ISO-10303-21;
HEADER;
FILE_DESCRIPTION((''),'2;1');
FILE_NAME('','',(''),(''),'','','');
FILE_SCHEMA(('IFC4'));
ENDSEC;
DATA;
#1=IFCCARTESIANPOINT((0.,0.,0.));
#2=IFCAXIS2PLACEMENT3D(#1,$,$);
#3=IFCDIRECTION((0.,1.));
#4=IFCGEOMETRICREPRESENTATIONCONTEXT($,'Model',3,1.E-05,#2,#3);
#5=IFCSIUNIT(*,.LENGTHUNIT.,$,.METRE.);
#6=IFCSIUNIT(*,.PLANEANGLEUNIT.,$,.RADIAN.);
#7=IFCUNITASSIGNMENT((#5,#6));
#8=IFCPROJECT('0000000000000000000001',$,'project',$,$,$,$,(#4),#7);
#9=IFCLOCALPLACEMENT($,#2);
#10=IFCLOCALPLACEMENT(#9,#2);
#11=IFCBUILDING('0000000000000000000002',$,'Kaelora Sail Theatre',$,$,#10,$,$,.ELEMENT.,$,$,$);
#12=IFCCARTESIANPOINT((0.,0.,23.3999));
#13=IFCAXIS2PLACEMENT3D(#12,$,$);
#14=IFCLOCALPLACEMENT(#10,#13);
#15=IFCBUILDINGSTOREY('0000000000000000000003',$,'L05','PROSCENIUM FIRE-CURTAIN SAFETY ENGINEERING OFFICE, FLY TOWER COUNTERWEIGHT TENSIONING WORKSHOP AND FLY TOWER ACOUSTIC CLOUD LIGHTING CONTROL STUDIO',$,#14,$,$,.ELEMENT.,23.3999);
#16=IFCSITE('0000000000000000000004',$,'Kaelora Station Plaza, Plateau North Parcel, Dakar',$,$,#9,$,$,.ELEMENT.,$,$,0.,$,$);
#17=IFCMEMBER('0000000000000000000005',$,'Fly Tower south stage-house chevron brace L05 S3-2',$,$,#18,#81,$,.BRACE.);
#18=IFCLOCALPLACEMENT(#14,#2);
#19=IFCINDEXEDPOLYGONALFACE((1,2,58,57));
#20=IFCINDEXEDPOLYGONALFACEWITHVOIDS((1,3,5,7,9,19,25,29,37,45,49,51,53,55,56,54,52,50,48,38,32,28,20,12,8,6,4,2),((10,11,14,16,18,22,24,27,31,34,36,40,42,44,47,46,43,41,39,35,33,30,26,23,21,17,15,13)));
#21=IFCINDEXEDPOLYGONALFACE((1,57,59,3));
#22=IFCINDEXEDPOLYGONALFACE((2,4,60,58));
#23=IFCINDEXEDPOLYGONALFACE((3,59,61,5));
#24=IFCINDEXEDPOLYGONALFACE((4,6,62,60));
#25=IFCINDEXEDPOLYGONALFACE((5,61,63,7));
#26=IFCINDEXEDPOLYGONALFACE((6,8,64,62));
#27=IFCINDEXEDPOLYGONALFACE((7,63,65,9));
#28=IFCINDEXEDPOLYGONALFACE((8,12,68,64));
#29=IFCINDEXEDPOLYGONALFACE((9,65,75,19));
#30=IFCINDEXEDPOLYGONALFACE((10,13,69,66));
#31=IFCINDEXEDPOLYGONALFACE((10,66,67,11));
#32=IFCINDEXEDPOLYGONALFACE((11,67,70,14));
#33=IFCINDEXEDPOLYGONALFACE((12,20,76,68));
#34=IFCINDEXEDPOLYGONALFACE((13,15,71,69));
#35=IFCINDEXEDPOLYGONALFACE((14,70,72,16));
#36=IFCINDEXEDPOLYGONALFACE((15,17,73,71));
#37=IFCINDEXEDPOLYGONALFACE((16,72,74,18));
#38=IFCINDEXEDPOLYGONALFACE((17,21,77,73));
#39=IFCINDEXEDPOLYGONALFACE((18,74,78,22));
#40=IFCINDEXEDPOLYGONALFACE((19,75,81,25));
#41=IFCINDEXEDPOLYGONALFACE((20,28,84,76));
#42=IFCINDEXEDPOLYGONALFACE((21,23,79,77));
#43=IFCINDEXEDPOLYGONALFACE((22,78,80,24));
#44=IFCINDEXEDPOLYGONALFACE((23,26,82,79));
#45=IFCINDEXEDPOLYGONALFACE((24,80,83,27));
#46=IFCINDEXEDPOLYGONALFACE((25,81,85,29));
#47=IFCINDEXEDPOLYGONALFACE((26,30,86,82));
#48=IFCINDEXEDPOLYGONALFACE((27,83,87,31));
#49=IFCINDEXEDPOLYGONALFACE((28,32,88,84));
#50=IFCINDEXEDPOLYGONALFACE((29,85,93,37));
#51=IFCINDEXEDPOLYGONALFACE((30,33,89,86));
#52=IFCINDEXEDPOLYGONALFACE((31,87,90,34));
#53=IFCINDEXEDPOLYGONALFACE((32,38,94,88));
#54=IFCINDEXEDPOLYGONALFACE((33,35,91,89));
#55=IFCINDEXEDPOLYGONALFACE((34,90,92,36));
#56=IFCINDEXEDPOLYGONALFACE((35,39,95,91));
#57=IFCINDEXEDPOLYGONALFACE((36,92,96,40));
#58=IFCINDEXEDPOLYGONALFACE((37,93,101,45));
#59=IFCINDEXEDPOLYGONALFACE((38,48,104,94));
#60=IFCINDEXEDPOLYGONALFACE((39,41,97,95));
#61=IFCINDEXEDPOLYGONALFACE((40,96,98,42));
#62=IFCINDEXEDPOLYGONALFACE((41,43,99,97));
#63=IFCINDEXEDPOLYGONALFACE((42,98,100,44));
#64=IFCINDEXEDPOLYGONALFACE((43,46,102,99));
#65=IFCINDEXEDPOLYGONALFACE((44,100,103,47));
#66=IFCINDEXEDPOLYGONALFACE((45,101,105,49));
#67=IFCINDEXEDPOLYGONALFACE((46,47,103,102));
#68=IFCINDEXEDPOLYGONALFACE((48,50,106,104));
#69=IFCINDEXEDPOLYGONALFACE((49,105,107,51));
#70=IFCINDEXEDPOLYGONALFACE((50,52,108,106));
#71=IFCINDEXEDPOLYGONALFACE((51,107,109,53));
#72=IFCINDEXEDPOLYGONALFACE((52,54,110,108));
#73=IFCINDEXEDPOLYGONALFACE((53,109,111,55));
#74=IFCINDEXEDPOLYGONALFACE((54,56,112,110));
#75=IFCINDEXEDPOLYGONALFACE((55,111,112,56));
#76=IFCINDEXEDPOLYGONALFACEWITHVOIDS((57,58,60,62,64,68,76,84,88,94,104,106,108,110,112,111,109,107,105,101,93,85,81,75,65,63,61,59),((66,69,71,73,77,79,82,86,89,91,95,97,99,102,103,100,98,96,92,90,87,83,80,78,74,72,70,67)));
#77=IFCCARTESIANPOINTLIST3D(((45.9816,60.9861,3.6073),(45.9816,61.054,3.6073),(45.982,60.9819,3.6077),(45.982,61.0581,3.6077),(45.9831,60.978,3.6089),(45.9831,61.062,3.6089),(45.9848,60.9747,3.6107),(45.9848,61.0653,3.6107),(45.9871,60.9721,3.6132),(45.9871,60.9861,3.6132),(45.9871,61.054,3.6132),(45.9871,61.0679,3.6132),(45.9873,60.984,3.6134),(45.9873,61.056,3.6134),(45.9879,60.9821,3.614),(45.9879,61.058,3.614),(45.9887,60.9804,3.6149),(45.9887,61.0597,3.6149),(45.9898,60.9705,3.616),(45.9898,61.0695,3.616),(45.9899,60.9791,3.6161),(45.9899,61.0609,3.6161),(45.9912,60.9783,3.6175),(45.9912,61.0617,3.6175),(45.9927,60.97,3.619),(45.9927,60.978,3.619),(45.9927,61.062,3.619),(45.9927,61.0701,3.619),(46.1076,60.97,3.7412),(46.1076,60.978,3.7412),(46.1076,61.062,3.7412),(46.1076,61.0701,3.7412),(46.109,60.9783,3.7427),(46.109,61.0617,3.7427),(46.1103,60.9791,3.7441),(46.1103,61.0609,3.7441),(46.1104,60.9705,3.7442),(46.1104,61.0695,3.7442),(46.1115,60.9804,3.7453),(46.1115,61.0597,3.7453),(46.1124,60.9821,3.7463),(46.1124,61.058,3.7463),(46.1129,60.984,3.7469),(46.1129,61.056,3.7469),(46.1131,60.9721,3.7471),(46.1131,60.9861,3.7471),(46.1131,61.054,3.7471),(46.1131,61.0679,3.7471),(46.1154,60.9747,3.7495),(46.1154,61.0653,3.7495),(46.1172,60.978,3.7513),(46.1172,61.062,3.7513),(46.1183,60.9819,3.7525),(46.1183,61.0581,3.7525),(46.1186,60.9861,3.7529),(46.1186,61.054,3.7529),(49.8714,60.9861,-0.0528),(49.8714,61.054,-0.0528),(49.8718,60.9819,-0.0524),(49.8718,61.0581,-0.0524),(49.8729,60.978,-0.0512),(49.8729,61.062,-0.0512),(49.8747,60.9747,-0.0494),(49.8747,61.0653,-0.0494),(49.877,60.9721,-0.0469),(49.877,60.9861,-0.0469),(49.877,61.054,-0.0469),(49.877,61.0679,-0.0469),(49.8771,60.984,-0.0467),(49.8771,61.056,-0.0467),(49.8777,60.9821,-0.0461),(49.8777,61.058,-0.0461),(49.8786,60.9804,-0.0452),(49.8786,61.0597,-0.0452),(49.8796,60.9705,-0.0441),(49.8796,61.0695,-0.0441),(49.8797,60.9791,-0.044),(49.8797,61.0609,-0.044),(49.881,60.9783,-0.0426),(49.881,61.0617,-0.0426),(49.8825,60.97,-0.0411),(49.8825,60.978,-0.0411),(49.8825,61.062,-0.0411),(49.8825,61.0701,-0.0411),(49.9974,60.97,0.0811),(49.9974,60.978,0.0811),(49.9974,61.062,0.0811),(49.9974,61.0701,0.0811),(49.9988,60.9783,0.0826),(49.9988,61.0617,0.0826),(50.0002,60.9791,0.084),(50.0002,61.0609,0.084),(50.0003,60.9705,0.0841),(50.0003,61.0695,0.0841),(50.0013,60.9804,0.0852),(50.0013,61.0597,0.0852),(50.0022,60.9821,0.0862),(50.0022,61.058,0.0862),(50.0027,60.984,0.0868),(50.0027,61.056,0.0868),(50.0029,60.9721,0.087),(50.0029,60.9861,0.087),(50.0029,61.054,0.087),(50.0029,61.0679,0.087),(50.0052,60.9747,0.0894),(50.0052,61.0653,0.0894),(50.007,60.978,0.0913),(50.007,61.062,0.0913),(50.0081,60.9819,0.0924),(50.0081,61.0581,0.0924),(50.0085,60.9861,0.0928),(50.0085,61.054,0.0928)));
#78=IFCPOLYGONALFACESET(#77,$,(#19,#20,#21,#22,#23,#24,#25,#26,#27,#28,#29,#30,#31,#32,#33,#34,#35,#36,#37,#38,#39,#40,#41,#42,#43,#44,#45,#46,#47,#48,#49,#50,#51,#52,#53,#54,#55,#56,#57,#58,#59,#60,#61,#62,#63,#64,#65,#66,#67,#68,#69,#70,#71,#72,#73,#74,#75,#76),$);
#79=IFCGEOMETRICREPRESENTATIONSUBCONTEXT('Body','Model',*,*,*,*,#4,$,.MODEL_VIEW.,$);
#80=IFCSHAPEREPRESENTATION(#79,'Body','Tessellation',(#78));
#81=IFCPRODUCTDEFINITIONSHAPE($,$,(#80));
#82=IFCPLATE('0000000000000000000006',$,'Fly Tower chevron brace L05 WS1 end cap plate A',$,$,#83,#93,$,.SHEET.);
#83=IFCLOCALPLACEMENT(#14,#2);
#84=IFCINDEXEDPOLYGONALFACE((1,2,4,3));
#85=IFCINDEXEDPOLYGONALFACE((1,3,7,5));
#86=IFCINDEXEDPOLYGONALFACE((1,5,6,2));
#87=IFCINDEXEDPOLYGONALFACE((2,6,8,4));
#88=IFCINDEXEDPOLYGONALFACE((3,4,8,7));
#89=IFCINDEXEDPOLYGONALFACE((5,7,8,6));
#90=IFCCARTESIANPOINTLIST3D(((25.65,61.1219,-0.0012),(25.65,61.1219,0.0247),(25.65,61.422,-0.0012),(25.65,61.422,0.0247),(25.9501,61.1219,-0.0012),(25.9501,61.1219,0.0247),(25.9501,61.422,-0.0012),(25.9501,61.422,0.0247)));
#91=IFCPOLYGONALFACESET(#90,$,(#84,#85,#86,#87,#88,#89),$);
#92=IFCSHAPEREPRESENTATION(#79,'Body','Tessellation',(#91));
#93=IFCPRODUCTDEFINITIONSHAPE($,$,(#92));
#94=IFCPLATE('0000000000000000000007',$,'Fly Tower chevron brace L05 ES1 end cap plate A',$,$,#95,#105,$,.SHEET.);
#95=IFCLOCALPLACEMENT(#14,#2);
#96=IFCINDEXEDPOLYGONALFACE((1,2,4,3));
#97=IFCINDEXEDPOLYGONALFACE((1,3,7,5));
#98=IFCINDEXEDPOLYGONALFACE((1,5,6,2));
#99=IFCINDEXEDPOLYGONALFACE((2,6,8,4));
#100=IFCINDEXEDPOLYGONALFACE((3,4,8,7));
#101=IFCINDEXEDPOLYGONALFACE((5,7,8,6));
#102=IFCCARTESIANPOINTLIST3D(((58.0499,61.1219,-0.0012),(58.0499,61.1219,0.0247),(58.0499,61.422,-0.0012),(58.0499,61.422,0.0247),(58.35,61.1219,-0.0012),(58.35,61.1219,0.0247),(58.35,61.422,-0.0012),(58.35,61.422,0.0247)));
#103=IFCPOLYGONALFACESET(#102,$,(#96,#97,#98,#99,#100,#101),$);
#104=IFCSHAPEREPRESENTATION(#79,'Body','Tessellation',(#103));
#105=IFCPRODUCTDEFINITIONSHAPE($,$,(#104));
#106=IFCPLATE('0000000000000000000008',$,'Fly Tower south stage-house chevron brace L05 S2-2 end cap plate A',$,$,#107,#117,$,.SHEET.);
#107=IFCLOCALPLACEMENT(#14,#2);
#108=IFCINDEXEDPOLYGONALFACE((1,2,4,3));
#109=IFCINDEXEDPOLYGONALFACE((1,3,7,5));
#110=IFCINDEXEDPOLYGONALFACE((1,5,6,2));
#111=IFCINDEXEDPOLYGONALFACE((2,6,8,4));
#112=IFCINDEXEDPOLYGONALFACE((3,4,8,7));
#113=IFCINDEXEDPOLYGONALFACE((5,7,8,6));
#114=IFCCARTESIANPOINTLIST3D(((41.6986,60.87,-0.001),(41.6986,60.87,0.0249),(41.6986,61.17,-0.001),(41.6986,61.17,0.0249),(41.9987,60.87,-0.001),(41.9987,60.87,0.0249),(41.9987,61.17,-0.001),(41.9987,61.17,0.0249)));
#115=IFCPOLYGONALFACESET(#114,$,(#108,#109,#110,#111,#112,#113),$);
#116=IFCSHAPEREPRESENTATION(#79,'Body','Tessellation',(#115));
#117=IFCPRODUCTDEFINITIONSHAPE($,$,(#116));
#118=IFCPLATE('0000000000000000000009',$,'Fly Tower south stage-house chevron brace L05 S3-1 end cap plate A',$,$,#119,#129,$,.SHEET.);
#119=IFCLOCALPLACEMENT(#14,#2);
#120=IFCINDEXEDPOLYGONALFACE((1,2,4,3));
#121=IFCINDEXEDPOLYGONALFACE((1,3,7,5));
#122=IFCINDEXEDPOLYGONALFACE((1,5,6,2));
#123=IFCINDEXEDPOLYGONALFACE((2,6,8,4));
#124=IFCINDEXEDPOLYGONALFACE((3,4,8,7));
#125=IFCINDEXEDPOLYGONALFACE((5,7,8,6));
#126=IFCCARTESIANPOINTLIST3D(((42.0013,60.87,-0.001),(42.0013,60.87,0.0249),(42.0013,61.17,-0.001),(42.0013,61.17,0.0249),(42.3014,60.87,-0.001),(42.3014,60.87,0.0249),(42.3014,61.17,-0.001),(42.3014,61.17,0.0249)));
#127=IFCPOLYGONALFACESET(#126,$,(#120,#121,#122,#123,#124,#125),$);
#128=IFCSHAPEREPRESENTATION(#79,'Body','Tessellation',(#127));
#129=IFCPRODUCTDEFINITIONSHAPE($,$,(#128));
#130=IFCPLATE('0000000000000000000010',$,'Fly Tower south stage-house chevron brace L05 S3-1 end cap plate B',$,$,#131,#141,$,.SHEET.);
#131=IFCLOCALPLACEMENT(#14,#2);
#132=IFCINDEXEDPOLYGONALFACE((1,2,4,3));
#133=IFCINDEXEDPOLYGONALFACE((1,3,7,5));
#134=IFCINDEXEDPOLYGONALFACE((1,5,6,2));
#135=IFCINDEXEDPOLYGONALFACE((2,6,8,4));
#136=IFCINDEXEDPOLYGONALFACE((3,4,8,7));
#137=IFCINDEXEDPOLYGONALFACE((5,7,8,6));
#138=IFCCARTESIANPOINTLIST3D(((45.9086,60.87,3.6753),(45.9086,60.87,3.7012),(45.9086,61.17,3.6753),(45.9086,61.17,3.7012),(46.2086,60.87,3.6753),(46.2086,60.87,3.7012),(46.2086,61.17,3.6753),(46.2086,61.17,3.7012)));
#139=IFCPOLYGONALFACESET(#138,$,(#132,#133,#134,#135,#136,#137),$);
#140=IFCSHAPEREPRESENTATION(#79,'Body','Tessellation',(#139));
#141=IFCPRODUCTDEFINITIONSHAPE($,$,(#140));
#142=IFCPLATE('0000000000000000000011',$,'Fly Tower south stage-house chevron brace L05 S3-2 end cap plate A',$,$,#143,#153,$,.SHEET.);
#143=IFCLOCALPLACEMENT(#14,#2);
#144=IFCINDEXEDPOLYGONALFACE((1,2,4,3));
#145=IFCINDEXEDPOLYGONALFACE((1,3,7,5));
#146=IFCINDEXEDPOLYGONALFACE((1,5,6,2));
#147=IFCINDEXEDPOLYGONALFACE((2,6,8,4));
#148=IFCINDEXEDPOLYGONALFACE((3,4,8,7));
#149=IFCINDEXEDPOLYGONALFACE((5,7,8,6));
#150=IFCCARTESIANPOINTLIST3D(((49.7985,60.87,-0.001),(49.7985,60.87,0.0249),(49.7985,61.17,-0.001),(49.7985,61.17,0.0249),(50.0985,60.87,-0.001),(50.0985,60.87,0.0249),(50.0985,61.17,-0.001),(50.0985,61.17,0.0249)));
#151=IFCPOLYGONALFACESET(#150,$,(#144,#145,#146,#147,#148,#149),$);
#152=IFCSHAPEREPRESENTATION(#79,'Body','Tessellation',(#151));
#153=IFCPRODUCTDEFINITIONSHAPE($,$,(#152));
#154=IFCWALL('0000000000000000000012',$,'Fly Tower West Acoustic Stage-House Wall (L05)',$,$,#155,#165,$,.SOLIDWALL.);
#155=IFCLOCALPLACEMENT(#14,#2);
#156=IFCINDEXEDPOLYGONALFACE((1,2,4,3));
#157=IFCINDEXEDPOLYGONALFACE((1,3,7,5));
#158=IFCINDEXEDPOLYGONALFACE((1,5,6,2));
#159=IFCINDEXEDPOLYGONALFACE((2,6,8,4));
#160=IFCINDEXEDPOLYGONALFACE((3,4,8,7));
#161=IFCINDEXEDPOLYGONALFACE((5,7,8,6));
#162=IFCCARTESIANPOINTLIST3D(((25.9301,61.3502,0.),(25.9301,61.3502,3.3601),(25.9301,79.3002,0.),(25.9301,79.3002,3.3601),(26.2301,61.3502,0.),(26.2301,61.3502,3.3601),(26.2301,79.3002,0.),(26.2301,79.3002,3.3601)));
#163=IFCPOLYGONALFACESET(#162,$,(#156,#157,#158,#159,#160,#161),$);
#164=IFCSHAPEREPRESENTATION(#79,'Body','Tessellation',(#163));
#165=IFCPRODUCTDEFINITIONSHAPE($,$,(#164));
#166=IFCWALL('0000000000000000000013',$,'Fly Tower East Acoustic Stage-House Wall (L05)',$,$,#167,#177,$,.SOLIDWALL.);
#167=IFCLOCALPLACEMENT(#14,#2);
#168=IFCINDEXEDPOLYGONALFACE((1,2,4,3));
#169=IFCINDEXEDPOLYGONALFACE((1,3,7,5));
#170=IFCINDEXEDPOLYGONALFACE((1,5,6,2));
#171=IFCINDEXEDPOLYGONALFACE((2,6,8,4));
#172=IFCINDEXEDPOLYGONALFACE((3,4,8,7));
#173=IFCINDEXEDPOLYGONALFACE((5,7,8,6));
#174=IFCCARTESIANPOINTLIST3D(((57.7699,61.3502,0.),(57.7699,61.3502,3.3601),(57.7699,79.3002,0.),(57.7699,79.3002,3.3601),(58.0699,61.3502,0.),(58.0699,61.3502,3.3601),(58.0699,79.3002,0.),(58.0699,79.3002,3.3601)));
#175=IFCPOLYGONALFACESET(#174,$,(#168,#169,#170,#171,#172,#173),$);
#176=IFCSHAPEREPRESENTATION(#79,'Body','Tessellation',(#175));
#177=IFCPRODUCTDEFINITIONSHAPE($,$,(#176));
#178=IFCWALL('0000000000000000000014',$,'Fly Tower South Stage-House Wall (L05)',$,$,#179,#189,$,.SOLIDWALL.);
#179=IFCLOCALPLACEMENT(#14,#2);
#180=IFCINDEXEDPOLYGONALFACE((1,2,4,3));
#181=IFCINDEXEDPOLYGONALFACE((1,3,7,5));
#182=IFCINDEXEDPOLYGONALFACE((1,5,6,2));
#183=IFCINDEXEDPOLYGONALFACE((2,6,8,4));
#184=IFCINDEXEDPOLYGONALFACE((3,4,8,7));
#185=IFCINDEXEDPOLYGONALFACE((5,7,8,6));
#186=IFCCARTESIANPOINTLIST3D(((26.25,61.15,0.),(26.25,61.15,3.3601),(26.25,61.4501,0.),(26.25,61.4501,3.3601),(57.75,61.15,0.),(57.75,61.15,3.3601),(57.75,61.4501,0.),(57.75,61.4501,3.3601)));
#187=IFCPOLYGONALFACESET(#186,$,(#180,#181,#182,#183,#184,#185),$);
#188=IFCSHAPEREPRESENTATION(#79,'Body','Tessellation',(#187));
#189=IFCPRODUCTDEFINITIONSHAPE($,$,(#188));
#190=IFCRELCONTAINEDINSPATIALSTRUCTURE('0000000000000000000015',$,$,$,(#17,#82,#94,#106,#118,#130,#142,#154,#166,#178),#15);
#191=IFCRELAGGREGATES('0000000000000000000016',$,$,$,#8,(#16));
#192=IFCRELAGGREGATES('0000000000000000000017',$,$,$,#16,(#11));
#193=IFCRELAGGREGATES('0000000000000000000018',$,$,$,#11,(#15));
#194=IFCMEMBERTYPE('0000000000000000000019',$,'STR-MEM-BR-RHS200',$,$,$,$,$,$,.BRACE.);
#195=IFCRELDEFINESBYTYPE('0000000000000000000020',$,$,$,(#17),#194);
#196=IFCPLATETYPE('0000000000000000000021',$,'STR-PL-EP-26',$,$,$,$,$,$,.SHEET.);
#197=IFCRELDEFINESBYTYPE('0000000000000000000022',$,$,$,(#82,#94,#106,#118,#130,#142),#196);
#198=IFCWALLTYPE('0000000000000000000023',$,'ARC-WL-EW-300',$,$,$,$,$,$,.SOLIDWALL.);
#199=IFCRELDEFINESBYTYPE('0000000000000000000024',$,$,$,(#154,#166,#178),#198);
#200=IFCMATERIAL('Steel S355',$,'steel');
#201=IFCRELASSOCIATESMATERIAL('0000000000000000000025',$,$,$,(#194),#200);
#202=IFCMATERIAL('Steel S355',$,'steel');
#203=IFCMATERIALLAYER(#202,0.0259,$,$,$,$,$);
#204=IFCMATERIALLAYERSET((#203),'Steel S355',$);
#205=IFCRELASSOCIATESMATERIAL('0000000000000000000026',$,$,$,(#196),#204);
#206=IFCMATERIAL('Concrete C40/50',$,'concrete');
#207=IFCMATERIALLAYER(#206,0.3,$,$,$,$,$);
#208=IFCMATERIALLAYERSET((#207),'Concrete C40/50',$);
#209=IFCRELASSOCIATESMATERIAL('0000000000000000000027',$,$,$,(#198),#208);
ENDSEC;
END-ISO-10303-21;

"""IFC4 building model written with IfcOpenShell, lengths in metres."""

from ifc_helpers import new_model, si_unit, direction, frame, frame_2d, origin, origin_2d, place, context, subcontext, project, spatial, rectangle, hollow_rectangle, extrude, material, layer, layer_set, material_profile, profile_set, type_object, element, save


model = new_model("IFC4")

# Units and contexts
model_context = context("Model", 3, precision=1e-05, world=origin(), true_north=direction((0.0, 1.0)))
body_context = subcontext(model_context, "Body", "Model", "MODEL_VIEW")
ifc_project = project(units=[si_unit("LENGTHUNIT", "METRE"), si_unit("PLANEANGLEUNIT", "RADIAN")], contexts=[model_context])

# Site, building, storey
site_placement = place(None, origin())
site = spatial("IfcSite", under=ifc_project, at=site_placement, Name="Kaelora Station Plaza, Plateau North Parcel, Dakar", CompositionType="ELEMENT", RefElevation=0.0)
building_placement = place(site_placement, origin())
building = spatial("IfcBuilding", under=site, at=building_placement, Name="Kaelora Sail Theatre", CompositionType="ELEMENT")
storey_placement = place(building_placement, frame((0.0, 0.0, 23.3999)))
storey = spatial("IfcBuildingStorey", under=building, at=storey_placement, Name="L05", Description="PROSCENIUM FIRE-CURTAIN SAFETY ENGINEERING OFFICE, FLY TOWER COUNTERWEIGHT TENSIONING WORKSHOP AND FLY TOWER ACOUSTIC CLOUD LIGHTING CONTROL STUDIO", CompositionType="ELEMENT", Elevation=23.3999)

# Member
ifc_material_1 = material(Name="Steel S355", Category="steel")
ifc_material_profile_1 = material_profile(ifc_material_1, hollow_rectangle(XDim=0.1001, YDim=0.2, WallThickness=0.0081, InnerFilletRadius=0.0081, OuterFilletRadius=0.0161, at=origin_2d()), Name="RHS 200x100x8.0")
ifc_profile_set_1 = profile_set([ifc_material_profile_1], Name="Steel S355")
member_type = type_object("IfcMemberType", Name="STR-MEM-BR-RHS200", PredefinedType="BRACE", material=ifc_profile_set_1)
member_1_placement = place(storey_placement, frame((49.9399, 61.02, 0.02), z_axis=(-0.728286, 0.0, 0.685273), x_axis=(0.0, -1.0, 0.0)))
element("IfcMember", 1, at=member_1_placement, inside=storey, type_object=member_type, Name="Fly Tower south stage-house chevron brace L05 S3-2", PredefinedType="BRACE", context=body_context, shape_type="SweptSolid", body=[
    extrude(hollow_rectangle(XDim=0.1001, YDim=0.2, WallThickness=0.0081, InnerFilletRadius=0.0081, OuterFilletRadius=0.0161, at=origin_2d()), origin(), (0.0, 0.0, 1.0), 5.3411),
])

# Plates
ifc_material_2 = material(Name="Steel S355", Category="steel")
ifc_layer_1 = layer(ifc_material_2, 0.0259)
ifc_layer_set_1 = layer_set([ifc_layer_1], Name="Steel S355")
plate_type = type_object("IfcPlateType", Name="STR-PL-EP-26", PredefinedType="SHEET", material=ifc_layer_set_1)
for number, where, z_axis, x_axis, name in (
    (2, (25.8, 61.272, -0.0012), (0.0, 0.0, 1.0), (1.0, 0.0, 0.0), "Fly Tower chevron brace L05 WS1 end cap plate A"),
    (3, (58.2, 61.272, -0.0012), (0.0, 0.0, 1.0), (1.0, 0.0, 0.0), "Fly Tower chevron brace L05 ES1 end cap plate A"),
    (4, (41.8486, 61.02, -0.001), (0.0, 0.0, 1.0), (1.0, 0.0, 0.0), "Fly Tower south stage-house chevron brace L05 S2-2 end cap plate A"),
    (5, (42.1514, 61.02, -0.001), (0.0, 0.0, 1.0), (1.0, 0.0, 0.0), "Fly Tower south stage-house chevron brace L05 S3-1 end cap plate A"),
    (6, (46.0586, 61.02, 3.6753), (0.0, 0.0, 1.0), (1.0, 0.0, 0.0), "Fly Tower south stage-house chevron brace L05 S3-1 end cap plate B"),
    (7, (49.9485, 61.02, -0.001), (0.0, 0.0, 1.0), (1.0, 0.0, 0.0), "Fly Tower south stage-house chevron brace L05 S3-2 end cap plate A"),
):
    element("IfcPlate", number, at=place(storey_placement, frame(where, z_axis=z_axis, x_axis=x_axis)), inside=storey, type_object=plate_type, Name=name, PredefinedType="SHEET", context=body_context, shape_type="SweptSolid", body=[
        extrude(rectangle(XDim=0.3, YDim=0.3, at=origin_2d()), origin(), (0.0, 0.0, 1.0), 0.0259),
    ])

# Walls
ifc_material_3 = material(Name="Concrete C40/50", Category="concrete")
ifc_layer_2 = layer(ifc_material_3, 0.3)
ifc_layer_set_2 = layer_set([ifc_layer_2], Name="Concrete C40/50")
wall_type_1 = type_object("IfcWallType", Name="ARC-WL-EW-300", PredefinedType="SOLIDWALL", material=ifc_layer_set_2)
for number, where, z_axis, x_axis, name in (
    (8, (26.0801, 61.3501, 0.0), (0.0, 0.0, 1.0), (0.0, 1.0, 0.0), "Fly Tower West Acoustic Stage-House Wall (L05)"),
    (9, (57.9199, 61.3501, 0.0), (0.0, 0.0, 1.0), (0.0, 1.0, 0.0), "Fly Tower East Acoustic Stage-House Wall (L05)"),
):
    element("IfcWall", number, at=place(storey_placement, frame(where, z_axis=z_axis, x_axis=x_axis)), inside=storey, type_object=wall_type_1, Name=name, PredefinedType="SOLIDWALL", context=body_context, shape_type="SweptSolid", body=[
        extrude(rectangle(XDim=17.95, YDim=0.3, at=frame_2d((8.9751, 0.0))), origin(), (0.0, 0.0, 1.0), 3.3601),
    ])
wall_1_placement = place(storey_placement, frame((26.25, 61.3, 0.0), z_axis=(0.0, 0.0, 1.0), x_axis=(1.0, 0.0, 0.0)))
element("IfcWall", 10, at=wall_1_placement, inside=storey, type_object=wall_type_1, Name="Fly Tower South Stage-House Wall (L05)", PredefinedType="SOLIDWALL", context=body_context, shape_type="SweptSolid", body=[
    extrude(rectangle(XDim=31.5, YDim=0.3, at=frame_2d((15.75, 0.0))), origin(), (0.0, 0.0, 1.0), 3.3601),
])

save(model, "model.ifc")
